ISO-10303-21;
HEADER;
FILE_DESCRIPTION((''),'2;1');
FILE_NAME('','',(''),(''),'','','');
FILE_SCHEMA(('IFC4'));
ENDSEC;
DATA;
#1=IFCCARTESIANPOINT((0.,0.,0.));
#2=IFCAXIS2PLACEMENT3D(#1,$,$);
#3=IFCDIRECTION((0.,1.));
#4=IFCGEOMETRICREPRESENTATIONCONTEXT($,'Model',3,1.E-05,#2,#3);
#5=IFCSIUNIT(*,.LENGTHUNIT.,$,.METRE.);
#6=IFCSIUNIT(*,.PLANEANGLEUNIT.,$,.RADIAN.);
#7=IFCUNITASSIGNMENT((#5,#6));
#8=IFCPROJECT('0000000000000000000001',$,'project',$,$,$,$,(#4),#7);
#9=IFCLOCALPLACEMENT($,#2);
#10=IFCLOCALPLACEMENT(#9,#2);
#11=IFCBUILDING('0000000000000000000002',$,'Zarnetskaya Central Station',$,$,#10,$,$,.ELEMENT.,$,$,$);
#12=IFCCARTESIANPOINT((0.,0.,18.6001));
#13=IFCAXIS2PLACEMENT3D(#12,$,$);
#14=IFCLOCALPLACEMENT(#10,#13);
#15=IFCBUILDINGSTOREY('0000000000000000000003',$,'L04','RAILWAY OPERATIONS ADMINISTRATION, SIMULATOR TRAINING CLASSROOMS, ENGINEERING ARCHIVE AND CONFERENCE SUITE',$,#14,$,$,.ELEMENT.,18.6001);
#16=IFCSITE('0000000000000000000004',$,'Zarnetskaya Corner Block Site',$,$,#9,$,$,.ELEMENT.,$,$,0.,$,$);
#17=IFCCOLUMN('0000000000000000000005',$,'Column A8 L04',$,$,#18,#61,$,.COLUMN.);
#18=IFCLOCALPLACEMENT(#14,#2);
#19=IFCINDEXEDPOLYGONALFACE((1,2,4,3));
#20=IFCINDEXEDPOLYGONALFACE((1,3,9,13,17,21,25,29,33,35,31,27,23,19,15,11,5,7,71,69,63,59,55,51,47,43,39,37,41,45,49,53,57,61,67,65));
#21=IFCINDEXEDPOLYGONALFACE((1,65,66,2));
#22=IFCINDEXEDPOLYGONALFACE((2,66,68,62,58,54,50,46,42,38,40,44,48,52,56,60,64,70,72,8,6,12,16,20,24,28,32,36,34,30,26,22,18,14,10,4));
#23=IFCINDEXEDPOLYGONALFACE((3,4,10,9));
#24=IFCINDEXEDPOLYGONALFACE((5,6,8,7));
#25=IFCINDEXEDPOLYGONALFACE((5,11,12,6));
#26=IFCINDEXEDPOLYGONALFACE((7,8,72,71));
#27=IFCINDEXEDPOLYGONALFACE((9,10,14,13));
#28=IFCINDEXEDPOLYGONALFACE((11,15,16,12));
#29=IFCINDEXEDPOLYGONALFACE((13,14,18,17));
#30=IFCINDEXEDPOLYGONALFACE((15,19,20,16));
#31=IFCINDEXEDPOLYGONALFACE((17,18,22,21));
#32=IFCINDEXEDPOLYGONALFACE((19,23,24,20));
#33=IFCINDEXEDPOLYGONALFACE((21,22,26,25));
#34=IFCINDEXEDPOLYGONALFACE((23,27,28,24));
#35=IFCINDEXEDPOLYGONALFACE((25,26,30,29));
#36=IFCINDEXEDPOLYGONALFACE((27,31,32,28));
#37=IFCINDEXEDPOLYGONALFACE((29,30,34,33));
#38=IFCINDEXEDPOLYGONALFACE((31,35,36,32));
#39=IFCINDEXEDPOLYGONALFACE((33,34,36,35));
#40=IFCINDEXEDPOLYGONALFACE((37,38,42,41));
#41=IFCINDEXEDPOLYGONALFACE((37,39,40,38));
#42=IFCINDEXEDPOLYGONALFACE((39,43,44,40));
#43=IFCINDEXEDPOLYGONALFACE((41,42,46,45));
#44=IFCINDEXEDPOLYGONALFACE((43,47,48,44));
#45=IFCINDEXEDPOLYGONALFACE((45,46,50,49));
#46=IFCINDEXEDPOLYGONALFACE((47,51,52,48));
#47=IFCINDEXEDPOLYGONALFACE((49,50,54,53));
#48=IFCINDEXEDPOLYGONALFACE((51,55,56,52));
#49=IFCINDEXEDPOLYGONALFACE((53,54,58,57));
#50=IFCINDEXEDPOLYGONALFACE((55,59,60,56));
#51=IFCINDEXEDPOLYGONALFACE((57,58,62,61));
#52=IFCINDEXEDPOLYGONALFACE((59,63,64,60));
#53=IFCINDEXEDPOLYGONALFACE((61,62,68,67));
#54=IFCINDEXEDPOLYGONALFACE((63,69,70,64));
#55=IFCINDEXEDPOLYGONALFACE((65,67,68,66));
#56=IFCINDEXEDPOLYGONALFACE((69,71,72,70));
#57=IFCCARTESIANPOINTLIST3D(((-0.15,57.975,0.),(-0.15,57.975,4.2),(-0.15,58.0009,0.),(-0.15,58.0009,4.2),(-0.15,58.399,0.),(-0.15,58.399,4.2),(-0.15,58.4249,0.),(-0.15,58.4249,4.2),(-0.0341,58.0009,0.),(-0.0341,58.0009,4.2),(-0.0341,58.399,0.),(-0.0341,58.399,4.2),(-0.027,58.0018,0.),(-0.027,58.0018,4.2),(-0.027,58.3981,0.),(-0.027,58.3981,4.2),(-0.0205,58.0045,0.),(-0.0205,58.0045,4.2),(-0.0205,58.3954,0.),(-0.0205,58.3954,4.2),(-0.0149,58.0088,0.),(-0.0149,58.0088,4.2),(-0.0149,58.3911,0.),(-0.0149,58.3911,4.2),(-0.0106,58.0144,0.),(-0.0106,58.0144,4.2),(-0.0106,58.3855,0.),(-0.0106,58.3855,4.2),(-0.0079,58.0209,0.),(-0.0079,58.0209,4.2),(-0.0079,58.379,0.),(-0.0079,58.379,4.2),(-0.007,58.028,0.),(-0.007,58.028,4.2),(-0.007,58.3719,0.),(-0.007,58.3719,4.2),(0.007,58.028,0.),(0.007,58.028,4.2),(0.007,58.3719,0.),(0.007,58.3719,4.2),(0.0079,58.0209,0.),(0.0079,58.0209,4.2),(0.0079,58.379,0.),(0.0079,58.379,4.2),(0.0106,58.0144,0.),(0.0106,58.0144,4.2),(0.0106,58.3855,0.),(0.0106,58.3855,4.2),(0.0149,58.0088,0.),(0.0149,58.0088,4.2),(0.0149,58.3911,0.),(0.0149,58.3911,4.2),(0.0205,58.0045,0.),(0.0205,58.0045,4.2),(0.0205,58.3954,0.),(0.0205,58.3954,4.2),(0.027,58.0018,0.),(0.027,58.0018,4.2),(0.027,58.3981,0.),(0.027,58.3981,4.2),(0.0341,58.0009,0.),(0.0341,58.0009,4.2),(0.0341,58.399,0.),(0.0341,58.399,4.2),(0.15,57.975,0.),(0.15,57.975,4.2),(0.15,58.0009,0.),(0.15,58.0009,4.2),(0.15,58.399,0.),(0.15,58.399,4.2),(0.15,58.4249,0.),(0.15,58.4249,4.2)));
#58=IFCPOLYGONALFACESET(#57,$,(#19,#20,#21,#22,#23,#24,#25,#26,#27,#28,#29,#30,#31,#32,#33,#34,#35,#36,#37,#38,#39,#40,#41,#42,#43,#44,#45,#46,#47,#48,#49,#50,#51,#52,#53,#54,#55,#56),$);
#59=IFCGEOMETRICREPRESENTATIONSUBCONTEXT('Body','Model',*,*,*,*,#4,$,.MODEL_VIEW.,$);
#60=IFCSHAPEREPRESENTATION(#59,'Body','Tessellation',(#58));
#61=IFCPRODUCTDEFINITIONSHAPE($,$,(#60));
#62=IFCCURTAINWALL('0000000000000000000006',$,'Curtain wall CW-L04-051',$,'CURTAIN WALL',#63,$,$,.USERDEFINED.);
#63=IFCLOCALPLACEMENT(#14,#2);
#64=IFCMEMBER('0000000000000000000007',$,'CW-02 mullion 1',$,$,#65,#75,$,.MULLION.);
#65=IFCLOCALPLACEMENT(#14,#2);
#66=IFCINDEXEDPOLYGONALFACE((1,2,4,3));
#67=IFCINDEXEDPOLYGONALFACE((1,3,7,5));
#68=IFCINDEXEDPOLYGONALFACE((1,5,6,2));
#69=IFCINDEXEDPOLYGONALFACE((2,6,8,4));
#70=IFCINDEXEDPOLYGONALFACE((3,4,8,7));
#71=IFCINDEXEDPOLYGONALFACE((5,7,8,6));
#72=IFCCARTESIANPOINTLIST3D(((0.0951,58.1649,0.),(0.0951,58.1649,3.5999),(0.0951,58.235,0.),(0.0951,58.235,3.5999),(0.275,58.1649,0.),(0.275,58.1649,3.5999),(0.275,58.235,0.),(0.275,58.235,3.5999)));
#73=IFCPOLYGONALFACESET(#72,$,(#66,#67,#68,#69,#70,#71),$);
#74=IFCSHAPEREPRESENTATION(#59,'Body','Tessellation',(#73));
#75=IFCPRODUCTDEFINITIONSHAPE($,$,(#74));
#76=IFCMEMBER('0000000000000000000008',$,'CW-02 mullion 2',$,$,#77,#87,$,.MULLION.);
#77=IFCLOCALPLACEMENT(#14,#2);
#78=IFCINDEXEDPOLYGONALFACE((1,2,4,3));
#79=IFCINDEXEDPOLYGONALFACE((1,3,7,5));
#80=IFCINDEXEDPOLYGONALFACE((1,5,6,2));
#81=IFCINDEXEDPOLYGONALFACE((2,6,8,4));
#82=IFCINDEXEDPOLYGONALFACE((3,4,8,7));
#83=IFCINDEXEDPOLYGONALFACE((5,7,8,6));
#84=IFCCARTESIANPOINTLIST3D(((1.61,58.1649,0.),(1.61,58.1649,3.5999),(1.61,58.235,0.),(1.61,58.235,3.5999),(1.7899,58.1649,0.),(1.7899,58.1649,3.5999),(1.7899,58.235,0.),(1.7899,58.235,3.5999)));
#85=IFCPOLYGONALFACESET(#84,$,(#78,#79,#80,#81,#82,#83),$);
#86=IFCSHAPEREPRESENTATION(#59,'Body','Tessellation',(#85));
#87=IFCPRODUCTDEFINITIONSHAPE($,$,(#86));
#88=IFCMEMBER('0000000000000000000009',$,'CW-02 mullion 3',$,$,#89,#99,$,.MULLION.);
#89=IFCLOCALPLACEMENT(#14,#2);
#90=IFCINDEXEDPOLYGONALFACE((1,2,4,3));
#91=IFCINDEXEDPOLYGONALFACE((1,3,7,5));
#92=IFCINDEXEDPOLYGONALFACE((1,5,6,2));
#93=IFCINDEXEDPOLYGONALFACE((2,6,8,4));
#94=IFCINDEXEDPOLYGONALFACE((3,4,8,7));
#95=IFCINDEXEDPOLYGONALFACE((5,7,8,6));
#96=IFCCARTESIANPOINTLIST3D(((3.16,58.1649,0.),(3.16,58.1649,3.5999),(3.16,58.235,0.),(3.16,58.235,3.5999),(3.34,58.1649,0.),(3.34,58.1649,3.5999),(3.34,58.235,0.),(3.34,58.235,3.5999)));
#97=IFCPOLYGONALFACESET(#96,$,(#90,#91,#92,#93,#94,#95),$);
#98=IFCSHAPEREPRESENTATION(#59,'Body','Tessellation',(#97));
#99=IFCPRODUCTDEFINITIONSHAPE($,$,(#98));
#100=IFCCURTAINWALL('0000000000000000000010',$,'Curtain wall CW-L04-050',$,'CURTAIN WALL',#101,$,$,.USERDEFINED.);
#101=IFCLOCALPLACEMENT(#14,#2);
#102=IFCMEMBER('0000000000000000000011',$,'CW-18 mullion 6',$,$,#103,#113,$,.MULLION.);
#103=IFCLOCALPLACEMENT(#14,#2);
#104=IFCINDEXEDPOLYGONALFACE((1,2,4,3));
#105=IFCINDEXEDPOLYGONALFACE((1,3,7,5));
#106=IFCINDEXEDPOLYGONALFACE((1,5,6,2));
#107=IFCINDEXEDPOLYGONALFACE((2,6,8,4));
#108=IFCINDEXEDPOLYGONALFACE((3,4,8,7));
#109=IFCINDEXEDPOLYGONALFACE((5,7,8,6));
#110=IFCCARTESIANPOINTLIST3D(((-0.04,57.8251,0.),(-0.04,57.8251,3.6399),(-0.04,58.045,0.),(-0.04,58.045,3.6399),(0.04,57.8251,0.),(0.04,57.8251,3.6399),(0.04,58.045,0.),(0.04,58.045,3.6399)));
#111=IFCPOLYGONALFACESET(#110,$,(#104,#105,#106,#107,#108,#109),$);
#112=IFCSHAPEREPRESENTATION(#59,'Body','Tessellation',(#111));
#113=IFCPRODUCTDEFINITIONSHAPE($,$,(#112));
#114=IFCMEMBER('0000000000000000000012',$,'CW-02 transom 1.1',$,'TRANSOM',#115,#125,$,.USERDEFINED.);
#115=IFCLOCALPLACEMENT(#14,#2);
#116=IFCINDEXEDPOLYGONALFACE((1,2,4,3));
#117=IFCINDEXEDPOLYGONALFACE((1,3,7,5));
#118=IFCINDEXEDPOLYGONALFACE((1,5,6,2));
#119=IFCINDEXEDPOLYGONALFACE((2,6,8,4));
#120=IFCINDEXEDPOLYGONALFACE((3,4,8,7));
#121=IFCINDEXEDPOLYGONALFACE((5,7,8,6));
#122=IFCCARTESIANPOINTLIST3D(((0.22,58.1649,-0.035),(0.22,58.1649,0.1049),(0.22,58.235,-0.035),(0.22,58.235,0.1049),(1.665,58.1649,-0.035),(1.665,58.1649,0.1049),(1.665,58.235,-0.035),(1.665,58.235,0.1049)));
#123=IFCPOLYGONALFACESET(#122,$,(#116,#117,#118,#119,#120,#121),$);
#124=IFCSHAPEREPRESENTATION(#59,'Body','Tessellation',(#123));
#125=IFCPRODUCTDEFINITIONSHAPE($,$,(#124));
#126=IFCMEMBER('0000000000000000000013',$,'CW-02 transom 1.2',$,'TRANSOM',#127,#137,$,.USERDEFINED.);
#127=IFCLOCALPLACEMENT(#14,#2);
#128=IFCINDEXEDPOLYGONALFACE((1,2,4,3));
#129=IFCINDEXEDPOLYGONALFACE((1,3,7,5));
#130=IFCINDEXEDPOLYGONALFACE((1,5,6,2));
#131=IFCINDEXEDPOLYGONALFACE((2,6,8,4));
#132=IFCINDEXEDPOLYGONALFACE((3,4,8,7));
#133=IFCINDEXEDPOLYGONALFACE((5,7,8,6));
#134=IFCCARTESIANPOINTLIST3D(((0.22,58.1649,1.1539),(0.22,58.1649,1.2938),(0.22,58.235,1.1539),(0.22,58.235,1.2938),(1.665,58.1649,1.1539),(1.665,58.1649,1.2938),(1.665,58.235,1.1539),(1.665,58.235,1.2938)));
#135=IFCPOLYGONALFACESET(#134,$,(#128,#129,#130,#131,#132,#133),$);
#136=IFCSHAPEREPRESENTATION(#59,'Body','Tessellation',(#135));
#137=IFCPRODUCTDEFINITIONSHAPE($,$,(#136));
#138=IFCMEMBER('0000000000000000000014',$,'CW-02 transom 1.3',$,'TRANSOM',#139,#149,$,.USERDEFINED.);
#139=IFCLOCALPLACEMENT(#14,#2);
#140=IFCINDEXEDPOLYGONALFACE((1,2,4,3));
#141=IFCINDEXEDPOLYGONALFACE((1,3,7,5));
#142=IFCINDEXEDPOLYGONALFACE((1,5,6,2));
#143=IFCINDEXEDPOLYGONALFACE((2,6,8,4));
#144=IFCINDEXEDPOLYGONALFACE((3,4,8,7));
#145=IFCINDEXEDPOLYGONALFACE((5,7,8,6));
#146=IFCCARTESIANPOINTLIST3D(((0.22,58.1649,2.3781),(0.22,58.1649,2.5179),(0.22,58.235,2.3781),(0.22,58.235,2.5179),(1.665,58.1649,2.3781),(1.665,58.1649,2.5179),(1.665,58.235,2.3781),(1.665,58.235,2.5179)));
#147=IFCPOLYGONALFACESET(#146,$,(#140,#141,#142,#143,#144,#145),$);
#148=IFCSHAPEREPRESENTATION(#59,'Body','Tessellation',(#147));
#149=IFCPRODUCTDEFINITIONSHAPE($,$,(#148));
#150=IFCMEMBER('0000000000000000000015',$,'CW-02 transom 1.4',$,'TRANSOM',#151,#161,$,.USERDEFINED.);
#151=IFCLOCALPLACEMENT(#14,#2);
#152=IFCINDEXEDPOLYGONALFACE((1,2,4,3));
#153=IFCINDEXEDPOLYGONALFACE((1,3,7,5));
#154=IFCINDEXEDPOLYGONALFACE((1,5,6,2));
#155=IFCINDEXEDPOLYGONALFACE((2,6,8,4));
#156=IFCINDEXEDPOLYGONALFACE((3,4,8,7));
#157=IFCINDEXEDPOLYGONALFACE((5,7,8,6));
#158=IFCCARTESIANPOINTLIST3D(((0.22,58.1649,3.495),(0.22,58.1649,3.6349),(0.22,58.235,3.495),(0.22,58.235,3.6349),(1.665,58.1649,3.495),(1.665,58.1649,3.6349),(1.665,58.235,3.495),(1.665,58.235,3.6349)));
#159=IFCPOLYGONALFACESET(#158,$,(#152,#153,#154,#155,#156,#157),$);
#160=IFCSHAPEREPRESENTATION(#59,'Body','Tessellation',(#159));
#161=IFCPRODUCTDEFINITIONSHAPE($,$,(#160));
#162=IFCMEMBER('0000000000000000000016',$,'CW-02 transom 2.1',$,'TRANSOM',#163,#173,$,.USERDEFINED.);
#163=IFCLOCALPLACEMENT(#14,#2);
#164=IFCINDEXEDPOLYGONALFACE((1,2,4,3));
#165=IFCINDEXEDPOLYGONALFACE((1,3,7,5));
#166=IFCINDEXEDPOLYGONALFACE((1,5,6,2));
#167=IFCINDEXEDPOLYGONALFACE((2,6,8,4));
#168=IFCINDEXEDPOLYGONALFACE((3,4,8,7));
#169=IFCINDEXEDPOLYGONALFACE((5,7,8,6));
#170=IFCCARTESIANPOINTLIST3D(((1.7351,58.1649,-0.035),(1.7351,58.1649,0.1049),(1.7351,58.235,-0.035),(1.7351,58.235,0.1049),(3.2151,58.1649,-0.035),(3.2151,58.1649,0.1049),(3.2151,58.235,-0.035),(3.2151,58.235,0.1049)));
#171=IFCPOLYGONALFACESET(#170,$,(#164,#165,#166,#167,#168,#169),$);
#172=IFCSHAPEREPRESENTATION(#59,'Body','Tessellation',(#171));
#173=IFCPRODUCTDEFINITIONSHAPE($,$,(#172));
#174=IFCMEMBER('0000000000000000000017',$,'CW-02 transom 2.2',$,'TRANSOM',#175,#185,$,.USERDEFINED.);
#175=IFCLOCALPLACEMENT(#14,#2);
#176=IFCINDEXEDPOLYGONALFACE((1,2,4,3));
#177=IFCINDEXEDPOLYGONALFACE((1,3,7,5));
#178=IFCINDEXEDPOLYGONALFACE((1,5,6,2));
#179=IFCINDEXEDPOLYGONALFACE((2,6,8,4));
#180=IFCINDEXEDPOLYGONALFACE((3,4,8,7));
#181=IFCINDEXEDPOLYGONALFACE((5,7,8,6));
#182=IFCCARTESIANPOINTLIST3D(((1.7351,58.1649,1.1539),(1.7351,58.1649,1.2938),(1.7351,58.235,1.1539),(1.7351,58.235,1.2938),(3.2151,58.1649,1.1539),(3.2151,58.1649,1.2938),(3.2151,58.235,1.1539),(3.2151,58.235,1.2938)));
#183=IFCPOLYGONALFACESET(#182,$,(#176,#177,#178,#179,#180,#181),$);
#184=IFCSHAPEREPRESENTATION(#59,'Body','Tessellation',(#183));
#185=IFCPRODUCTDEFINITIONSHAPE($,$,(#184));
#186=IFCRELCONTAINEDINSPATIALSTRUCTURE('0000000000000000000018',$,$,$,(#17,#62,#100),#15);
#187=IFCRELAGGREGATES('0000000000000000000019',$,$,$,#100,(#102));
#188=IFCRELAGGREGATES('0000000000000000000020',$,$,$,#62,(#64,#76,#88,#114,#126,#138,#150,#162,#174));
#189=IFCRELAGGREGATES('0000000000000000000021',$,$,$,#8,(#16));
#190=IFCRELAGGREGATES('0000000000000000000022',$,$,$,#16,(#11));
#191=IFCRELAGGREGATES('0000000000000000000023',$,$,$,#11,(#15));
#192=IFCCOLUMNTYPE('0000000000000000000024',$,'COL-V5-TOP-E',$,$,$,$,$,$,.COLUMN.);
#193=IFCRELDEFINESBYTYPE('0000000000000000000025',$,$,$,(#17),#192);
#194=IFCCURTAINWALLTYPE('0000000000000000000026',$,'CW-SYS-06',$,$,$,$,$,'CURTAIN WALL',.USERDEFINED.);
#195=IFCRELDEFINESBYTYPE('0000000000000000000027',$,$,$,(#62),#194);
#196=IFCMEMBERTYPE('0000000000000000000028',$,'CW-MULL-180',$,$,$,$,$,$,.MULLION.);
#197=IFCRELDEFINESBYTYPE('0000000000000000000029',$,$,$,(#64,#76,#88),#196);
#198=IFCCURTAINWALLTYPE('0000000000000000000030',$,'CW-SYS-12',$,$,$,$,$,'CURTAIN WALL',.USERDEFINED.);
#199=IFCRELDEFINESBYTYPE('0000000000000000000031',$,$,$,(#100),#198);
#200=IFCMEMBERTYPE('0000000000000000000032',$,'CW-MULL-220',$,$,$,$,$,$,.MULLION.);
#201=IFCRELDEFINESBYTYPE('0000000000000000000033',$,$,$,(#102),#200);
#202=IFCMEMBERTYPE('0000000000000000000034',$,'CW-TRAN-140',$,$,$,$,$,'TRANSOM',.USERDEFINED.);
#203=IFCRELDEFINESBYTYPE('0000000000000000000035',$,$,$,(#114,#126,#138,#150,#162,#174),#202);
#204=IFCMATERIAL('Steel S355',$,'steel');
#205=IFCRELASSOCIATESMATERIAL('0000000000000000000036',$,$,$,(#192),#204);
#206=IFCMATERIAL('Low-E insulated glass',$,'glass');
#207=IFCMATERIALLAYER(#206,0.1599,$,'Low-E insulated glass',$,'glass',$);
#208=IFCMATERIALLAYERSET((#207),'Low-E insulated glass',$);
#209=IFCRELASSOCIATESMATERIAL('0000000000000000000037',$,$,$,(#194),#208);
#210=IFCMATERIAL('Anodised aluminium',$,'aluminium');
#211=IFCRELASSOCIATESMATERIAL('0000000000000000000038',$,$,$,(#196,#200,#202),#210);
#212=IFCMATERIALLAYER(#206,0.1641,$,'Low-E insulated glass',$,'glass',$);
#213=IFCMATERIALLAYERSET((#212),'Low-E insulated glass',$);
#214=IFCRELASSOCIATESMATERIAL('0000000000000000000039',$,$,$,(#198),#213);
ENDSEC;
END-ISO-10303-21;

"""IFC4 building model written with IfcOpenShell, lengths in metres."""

from ifc_helpers import new_model, si_unit, direction, frame, origin, origin_2d, place, context, subcontext, project, spatial, rectangle, i_section, extrude, material, layer, layer_set, material_profile, profile_set, type_object, element, aggregate, save


model = new_model("IFC4")

# Units and contexts
model_context = context("Model", 3, precision=1e-05, world=origin(), true_north=direction((0.0, 1.0)))
body_context = subcontext(model_context, "Body", "Model", "MODEL_VIEW")
ifc_project = project(units=[si_unit("LENGTHUNIT", "METRE"), si_unit("PLANEANGLEUNIT", "RADIAN")], contexts=[model_context])

# Site, building, storey
site_placement = place(None, origin())
site = spatial("IfcSite", under=ifc_project, at=site_placement, Name="Zarnetskaya Corner Block Site", CompositionType="ELEMENT", RefElevation=0.0)
building_placement = place(site_placement, origin())
building = spatial("IfcBuilding", under=site, at=building_placement, Name="Zarnetskaya Central Station", CompositionType="ELEMENT")
storey_placement = place(building_placement, frame((0.0, 0.0, 18.6001)))
storey = spatial("IfcBuildingStorey", under=building, at=storey_placement, Name="L04", Description="RAILWAY OPERATIONS ADMINISTRATION, SIMULATOR TRAINING CLASSROOMS, ENGINEERING ARCHIVE AND CONFERENCE SUITE", CompositionType="ELEMENT", Elevation=18.6001)

# Column
ifc_material_1 = material(Name="Steel S355", Category="steel")
ifc_material_profile_1 = material_profile(ifc_material_1, i_section(OverallWidth=0.3, OverallDepth=0.45, WebThickness=0.0139, FlangeThickness=0.0259, FilletRadius=0.0271, at=origin_2d()), Name="HEB 450")
ifc_profile_set_1 = profile_set([ifc_material_profile_1], Name="Steel S355")
column_type = type_object("IfcColumnType", Name="COL-V5-TOP-E", PredefinedType="COLUMN", material=ifc_profile_set_1)
column_placement = place(storey_placement, frame((0.0, 58.2, 0.0), z_axis=(0.0, 0.0, 1.0), x_axis=(1.0, 0.0, 0.0)))
element("IfcColumn", 1, at=column_placement, inside=storey, type_object=column_type, Name="Column A8 L04", PredefinedType="COLUMN", context=body_context, shape_type="SweptSolid", body=[
    extrude(i_section(OverallWidth=0.3, OverallDepth=0.45, WebThickness=0.0139, FlangeThickness=0.0259, FilletRadius=0.0271, at=origin_2d()), origin(), (0.0, 0.0, 1.0), 4.2),
])

# Curtain wall, members
ifc_material_2 = material(Name="Low-E insulated glass", Category="glass")
ifc_layer_1 = layer(ifc_material_2, 0.1599, Name="Low-E insulated glass", Category="glass")
ifc_layer_set_1 = layer_set([ifc_layer_1], Name="Low-E insulated glass")
curtain_wall_type_1 = type_object("IfcCurtainWallType", Name="CW-SYS-06", ElementType="CURTAIN WALL", PredefinedType="USERDEFINED", material=ifc_layer_set_1)
curtain_wall_1_placement = place(storey_placement, origin())
curtain_wall_1 = element("IfcCurtainWall", 2, at=curtain_wall_1_placement, inside=storey, type_object=curtain_wall_type_1, Name="Curtain wall CW-L04-051", ObjectType="CURTAIN WALL", PredefinedType="USERDEFINED")
ifc_material_3 = material(Name="Anodised aluminium", Category="aluminium")
ifc_material_profile_2 = material_profile(ifc_material_3, rectangle(XDim=0.0701, YDim=0.1799, at=origin_2d()), Name="ALU MULL 70x180")
ifc_profile_set_2 = profile_set([ifc_material_profile_2], Name="Anodised aluminium")
member_type_1 = type_object("IfcMemberType", Name="CW-MULL-180", PredefinedType="MULLION", material=ifc_profile_set_2)
member_1_placement = place(storey_placement, frame((0.1851, 58.2, 0.0), z_axis=(0.0, 0.0, 1.0), x_axis=(0.0, 1.0, 0.0)))
member_1 = element("IfcMember", 3, at=member_1_placement, type_object=member_type_1, Name="CW-02 mullion 1", PredefinedType="MULLION", context=body_context, shape_type="SweptSolid", body=[
    extrude(rectangle(XDim=0.0701, YDim=0.1799, at=origin_2d()), origin(), (0.0, 0.0, 1.0), 3.5999),
])
member_2_placement = place(storey_placement, frame((1.7, 58.2, 0.0), z_axis=(0.0, 0.0, 1.0), x_axis=(0.0, 1.0, 0.0)))
member_2 = element("IfcMember", 4, at=member_2_placement, type_object=member_type_1, Name="CW-02 mullion 2", PredefinedType="MULLION", context=body_context, shape_type="SweptSolid", body=[
    extrude(rectangle(XDim=0.0701, YDim=0.1799, at=origin_2d()), origin(), (0.0, 0.0, 1.0), 3.5999),
])
member_3_placement = place(storey_placement, frame((3.25, 58.2, 0.0), z_axis=(0.0, 0.0, 1.0), x_axis=(0.0, 1.0, 0.0)))
member_3 = element("IfcMember", 5, at=member_3_placement, type_object=member_type_1, Name="CW-02 mullion 3", PredefinedType="MULLION", context=body_context, shape_type="SweptSolid", body=[
    extrude(rectangle(XDim=0.0701, YDim=0.1799, at=origin_2d()), origin(), (0.0, 0.0, 1.0), 3.5999),
])

# Curtain wall, member
ifc_layer_2 = layer(ifc_material_2, 0.1641, Name="Low-E insulated glass", Category="glass")
ifc_layer_set_2 = layer_set([ifc_layer_2], Name="Low-E insulated glass")
curtain_wall_type_2 = type_object("IfcCurtainWallType", Name="CW-SYS-12", ElementType="CURTAIN WALL", PredefinedType="USERDEFINED", material=ifc_layer_set_2)
curtain_wall_2_placement = place(storey_placement, origin())
curtain_wall_2 = element("IfcCurtainWall", 6, at=curtain_wall_2_placement, inside=storey, type_object=curtain_wall_type_2, Name="Curtain wall CW-L04-050", ObjectType="CURTAIN WALL", PredefinedType="USERDEFINED")
ifc_material_profile_3 = material_profile(ifc_material_3, rectangle(XDim=0.0801, YDim=0.22, at=origin_2d()), Name="ALU MULL 80x220")
ifc_profile_set_3 = profile_set([ifc_material_profile_3], Name="Anodised aluminium")
member_type_2 = type_object("IfcMemberType", Name="CW-MULL-220", PredefinedType="MULLION", material=ifc_profile_set_3)
member_4_placement = place(storey_placement, frame((0.0, 57.9351, 0.0), z_axis=(0.0, 0.0, 1.0), x_axis=(-1.0, 0.0, 0.0)))
member_4 = element("IfcMember", 7, at=member_4_placement, type_object=member_type_2, Name="CW-18 mullion 6", PredefinedType="MULLION", context=body_context, shape_type="SweptSolid", body=[
    extrude(rectangle(XDim=0.0801, YDim=0.22, at=origin_2d()), origin(), (0.0, 0.0, 1.0), 3.6399),
])

# Members
ifc_material_profile_4 = material_profile(ifc_material_3, rectangle(XDim=0.0701, YDim=0.1399, at=origin_2d()), Name="ALU TRAN 70x140")
ifc_profile_set_4 = profile_set([ifc_material_profile_4], Name="Anodised aluminium")
member_type_3 = type_object("IfcMemberType", Name="CW-TRAN-140", ElementType="TRANSOM", PredefinedType="USERDEFINED", material=ifc_profile_set_4)
member_5_placement = place(storey_placement, frame((0.22, 58.2, 0.0349), z_axis=(1.0, 0.0, 0.0), x_axis=(0.0, 1.0, 0.0)))
member_5 = element("IfcMember", 8, at=member_5_placement, type_object=member_type_3, Name="CW-02 transom 1.1", ObjectType="TRANSOM", PredefinedType="USERDEFINED", context=body_context, shape_type="SweptSolid", body=[
    extrude(rectangle(XDim=0.0701, YDim=0.1399, at=origin_2d()), origin(), (0.0, 0.0, 1.0), 1.4451),
])
member_6_placement = place(storey_placement, frame((0.22, 58.2, 1.2239), z_axis=(1.0, 0.0, 0.0), x_axis=(0.0, 1.0, 0.0)))
member_6 = element("IfcMember", 9, at=member_6_placement, type_object=member_type_3, Name="CW-02 transom 1.2", ObjectType="TRANSOM", PredefinedType="USERDEFINED", context=body_context, shape_type="SweptSolid", body=[
    extrude(rectangle(XDim=0.0701, YDim=0.1399, at=origin_2d()), origin(), (0.0, 0.0, 1.0), 1.4451),
])
member_7_placement = place(storey_placement, frame((0.22, 58.2, 2.448), z_axis=(1.0, 0.0, 0.0), x_axis=(0.0, 1.0, 0.0)))
member_7 = element("IfcMember", 10, at=member_7_placement, type_object=member_type_3, Name="CW-02 transom 1.3", ObjectType="TRANSOM", PredefinedType="USERDEFINED", context=body_context, shape_type="SweptSolid", body=[
    extrude(rectangle(XDim=0.0701, YDim=0.1399, at=origin_2d()), origin(), (0.0, 0.0, 1.0), 1.4451),
])
member_8_placement = place(storey_placement, frame((0.22, 58.2, 3.5649), z_axis=(1.0, 0.0, 0.0), x_axis=(0.0, 1.0, 0.0)))
member_8 = element("IfcMember", 11, at=member_8_placement, type_object=member_type_3, Name="CW-02 transom 1.4", ObjectType="TRANSOM", PredefinedType="USERDEFINED", context=body_context, shape_type="SweptSolid", body=[
    extrude(rectangle(XDim=0.0701, YDim=0.1399, at=origin_2d()), origin(), (0.0, 0.0, 1.0), 1.4451),
])
member_9_placement = place(storey_placement, frame((1.7351, 58.2, 0.0349), z_axis=(1.0, 0.0, 0.0), x_axis=(0.0, 1.0, 0.0)))
member_9 = element("IfcMember", 12, at=member_9_placement, type_object=member_type_3, Name="CW-02 transom 2.1", ObjectType="TRANSOM", PredefinedType="USERDEFINED", context=body_context, shape_type="SweptSolid", body=[
    extrude(rectangle(XDim=0.0701, YDim=0.1399, at=origin_2d()), origin(), (0.0, 0.0, 1.0), 1.48),
])
member_10_placement = place(storey_placement, frame((1.7351, 58.2, 1.2239), z_axis=(1.0, 0.0, 0.0), x_axis=(0.0, 1.0, 0.0)))
member_10 = element("IfcMember", 13, at=member_10_placement, type_object=member_type_3, Name="CW-02 transom 2.2", ObjectType="TRANSOM", PredefinedType="USERDEFINED", context=body_context, shape_type="SweptSolid", body=[
    extrude(rectangle(XDim=0.0701, YDim=0.1399, at=origin_2d()), origin(), (0.0, 0.0, 1.0), 1.48),
])

aggregate(curtain_wall_2, [member_4])
aggregate(curtain_wall_1, [member_1, member_2, member_3, member_5, member_6, member_7, member_8, member_9, member_10])

save(model, "model.ifc")
